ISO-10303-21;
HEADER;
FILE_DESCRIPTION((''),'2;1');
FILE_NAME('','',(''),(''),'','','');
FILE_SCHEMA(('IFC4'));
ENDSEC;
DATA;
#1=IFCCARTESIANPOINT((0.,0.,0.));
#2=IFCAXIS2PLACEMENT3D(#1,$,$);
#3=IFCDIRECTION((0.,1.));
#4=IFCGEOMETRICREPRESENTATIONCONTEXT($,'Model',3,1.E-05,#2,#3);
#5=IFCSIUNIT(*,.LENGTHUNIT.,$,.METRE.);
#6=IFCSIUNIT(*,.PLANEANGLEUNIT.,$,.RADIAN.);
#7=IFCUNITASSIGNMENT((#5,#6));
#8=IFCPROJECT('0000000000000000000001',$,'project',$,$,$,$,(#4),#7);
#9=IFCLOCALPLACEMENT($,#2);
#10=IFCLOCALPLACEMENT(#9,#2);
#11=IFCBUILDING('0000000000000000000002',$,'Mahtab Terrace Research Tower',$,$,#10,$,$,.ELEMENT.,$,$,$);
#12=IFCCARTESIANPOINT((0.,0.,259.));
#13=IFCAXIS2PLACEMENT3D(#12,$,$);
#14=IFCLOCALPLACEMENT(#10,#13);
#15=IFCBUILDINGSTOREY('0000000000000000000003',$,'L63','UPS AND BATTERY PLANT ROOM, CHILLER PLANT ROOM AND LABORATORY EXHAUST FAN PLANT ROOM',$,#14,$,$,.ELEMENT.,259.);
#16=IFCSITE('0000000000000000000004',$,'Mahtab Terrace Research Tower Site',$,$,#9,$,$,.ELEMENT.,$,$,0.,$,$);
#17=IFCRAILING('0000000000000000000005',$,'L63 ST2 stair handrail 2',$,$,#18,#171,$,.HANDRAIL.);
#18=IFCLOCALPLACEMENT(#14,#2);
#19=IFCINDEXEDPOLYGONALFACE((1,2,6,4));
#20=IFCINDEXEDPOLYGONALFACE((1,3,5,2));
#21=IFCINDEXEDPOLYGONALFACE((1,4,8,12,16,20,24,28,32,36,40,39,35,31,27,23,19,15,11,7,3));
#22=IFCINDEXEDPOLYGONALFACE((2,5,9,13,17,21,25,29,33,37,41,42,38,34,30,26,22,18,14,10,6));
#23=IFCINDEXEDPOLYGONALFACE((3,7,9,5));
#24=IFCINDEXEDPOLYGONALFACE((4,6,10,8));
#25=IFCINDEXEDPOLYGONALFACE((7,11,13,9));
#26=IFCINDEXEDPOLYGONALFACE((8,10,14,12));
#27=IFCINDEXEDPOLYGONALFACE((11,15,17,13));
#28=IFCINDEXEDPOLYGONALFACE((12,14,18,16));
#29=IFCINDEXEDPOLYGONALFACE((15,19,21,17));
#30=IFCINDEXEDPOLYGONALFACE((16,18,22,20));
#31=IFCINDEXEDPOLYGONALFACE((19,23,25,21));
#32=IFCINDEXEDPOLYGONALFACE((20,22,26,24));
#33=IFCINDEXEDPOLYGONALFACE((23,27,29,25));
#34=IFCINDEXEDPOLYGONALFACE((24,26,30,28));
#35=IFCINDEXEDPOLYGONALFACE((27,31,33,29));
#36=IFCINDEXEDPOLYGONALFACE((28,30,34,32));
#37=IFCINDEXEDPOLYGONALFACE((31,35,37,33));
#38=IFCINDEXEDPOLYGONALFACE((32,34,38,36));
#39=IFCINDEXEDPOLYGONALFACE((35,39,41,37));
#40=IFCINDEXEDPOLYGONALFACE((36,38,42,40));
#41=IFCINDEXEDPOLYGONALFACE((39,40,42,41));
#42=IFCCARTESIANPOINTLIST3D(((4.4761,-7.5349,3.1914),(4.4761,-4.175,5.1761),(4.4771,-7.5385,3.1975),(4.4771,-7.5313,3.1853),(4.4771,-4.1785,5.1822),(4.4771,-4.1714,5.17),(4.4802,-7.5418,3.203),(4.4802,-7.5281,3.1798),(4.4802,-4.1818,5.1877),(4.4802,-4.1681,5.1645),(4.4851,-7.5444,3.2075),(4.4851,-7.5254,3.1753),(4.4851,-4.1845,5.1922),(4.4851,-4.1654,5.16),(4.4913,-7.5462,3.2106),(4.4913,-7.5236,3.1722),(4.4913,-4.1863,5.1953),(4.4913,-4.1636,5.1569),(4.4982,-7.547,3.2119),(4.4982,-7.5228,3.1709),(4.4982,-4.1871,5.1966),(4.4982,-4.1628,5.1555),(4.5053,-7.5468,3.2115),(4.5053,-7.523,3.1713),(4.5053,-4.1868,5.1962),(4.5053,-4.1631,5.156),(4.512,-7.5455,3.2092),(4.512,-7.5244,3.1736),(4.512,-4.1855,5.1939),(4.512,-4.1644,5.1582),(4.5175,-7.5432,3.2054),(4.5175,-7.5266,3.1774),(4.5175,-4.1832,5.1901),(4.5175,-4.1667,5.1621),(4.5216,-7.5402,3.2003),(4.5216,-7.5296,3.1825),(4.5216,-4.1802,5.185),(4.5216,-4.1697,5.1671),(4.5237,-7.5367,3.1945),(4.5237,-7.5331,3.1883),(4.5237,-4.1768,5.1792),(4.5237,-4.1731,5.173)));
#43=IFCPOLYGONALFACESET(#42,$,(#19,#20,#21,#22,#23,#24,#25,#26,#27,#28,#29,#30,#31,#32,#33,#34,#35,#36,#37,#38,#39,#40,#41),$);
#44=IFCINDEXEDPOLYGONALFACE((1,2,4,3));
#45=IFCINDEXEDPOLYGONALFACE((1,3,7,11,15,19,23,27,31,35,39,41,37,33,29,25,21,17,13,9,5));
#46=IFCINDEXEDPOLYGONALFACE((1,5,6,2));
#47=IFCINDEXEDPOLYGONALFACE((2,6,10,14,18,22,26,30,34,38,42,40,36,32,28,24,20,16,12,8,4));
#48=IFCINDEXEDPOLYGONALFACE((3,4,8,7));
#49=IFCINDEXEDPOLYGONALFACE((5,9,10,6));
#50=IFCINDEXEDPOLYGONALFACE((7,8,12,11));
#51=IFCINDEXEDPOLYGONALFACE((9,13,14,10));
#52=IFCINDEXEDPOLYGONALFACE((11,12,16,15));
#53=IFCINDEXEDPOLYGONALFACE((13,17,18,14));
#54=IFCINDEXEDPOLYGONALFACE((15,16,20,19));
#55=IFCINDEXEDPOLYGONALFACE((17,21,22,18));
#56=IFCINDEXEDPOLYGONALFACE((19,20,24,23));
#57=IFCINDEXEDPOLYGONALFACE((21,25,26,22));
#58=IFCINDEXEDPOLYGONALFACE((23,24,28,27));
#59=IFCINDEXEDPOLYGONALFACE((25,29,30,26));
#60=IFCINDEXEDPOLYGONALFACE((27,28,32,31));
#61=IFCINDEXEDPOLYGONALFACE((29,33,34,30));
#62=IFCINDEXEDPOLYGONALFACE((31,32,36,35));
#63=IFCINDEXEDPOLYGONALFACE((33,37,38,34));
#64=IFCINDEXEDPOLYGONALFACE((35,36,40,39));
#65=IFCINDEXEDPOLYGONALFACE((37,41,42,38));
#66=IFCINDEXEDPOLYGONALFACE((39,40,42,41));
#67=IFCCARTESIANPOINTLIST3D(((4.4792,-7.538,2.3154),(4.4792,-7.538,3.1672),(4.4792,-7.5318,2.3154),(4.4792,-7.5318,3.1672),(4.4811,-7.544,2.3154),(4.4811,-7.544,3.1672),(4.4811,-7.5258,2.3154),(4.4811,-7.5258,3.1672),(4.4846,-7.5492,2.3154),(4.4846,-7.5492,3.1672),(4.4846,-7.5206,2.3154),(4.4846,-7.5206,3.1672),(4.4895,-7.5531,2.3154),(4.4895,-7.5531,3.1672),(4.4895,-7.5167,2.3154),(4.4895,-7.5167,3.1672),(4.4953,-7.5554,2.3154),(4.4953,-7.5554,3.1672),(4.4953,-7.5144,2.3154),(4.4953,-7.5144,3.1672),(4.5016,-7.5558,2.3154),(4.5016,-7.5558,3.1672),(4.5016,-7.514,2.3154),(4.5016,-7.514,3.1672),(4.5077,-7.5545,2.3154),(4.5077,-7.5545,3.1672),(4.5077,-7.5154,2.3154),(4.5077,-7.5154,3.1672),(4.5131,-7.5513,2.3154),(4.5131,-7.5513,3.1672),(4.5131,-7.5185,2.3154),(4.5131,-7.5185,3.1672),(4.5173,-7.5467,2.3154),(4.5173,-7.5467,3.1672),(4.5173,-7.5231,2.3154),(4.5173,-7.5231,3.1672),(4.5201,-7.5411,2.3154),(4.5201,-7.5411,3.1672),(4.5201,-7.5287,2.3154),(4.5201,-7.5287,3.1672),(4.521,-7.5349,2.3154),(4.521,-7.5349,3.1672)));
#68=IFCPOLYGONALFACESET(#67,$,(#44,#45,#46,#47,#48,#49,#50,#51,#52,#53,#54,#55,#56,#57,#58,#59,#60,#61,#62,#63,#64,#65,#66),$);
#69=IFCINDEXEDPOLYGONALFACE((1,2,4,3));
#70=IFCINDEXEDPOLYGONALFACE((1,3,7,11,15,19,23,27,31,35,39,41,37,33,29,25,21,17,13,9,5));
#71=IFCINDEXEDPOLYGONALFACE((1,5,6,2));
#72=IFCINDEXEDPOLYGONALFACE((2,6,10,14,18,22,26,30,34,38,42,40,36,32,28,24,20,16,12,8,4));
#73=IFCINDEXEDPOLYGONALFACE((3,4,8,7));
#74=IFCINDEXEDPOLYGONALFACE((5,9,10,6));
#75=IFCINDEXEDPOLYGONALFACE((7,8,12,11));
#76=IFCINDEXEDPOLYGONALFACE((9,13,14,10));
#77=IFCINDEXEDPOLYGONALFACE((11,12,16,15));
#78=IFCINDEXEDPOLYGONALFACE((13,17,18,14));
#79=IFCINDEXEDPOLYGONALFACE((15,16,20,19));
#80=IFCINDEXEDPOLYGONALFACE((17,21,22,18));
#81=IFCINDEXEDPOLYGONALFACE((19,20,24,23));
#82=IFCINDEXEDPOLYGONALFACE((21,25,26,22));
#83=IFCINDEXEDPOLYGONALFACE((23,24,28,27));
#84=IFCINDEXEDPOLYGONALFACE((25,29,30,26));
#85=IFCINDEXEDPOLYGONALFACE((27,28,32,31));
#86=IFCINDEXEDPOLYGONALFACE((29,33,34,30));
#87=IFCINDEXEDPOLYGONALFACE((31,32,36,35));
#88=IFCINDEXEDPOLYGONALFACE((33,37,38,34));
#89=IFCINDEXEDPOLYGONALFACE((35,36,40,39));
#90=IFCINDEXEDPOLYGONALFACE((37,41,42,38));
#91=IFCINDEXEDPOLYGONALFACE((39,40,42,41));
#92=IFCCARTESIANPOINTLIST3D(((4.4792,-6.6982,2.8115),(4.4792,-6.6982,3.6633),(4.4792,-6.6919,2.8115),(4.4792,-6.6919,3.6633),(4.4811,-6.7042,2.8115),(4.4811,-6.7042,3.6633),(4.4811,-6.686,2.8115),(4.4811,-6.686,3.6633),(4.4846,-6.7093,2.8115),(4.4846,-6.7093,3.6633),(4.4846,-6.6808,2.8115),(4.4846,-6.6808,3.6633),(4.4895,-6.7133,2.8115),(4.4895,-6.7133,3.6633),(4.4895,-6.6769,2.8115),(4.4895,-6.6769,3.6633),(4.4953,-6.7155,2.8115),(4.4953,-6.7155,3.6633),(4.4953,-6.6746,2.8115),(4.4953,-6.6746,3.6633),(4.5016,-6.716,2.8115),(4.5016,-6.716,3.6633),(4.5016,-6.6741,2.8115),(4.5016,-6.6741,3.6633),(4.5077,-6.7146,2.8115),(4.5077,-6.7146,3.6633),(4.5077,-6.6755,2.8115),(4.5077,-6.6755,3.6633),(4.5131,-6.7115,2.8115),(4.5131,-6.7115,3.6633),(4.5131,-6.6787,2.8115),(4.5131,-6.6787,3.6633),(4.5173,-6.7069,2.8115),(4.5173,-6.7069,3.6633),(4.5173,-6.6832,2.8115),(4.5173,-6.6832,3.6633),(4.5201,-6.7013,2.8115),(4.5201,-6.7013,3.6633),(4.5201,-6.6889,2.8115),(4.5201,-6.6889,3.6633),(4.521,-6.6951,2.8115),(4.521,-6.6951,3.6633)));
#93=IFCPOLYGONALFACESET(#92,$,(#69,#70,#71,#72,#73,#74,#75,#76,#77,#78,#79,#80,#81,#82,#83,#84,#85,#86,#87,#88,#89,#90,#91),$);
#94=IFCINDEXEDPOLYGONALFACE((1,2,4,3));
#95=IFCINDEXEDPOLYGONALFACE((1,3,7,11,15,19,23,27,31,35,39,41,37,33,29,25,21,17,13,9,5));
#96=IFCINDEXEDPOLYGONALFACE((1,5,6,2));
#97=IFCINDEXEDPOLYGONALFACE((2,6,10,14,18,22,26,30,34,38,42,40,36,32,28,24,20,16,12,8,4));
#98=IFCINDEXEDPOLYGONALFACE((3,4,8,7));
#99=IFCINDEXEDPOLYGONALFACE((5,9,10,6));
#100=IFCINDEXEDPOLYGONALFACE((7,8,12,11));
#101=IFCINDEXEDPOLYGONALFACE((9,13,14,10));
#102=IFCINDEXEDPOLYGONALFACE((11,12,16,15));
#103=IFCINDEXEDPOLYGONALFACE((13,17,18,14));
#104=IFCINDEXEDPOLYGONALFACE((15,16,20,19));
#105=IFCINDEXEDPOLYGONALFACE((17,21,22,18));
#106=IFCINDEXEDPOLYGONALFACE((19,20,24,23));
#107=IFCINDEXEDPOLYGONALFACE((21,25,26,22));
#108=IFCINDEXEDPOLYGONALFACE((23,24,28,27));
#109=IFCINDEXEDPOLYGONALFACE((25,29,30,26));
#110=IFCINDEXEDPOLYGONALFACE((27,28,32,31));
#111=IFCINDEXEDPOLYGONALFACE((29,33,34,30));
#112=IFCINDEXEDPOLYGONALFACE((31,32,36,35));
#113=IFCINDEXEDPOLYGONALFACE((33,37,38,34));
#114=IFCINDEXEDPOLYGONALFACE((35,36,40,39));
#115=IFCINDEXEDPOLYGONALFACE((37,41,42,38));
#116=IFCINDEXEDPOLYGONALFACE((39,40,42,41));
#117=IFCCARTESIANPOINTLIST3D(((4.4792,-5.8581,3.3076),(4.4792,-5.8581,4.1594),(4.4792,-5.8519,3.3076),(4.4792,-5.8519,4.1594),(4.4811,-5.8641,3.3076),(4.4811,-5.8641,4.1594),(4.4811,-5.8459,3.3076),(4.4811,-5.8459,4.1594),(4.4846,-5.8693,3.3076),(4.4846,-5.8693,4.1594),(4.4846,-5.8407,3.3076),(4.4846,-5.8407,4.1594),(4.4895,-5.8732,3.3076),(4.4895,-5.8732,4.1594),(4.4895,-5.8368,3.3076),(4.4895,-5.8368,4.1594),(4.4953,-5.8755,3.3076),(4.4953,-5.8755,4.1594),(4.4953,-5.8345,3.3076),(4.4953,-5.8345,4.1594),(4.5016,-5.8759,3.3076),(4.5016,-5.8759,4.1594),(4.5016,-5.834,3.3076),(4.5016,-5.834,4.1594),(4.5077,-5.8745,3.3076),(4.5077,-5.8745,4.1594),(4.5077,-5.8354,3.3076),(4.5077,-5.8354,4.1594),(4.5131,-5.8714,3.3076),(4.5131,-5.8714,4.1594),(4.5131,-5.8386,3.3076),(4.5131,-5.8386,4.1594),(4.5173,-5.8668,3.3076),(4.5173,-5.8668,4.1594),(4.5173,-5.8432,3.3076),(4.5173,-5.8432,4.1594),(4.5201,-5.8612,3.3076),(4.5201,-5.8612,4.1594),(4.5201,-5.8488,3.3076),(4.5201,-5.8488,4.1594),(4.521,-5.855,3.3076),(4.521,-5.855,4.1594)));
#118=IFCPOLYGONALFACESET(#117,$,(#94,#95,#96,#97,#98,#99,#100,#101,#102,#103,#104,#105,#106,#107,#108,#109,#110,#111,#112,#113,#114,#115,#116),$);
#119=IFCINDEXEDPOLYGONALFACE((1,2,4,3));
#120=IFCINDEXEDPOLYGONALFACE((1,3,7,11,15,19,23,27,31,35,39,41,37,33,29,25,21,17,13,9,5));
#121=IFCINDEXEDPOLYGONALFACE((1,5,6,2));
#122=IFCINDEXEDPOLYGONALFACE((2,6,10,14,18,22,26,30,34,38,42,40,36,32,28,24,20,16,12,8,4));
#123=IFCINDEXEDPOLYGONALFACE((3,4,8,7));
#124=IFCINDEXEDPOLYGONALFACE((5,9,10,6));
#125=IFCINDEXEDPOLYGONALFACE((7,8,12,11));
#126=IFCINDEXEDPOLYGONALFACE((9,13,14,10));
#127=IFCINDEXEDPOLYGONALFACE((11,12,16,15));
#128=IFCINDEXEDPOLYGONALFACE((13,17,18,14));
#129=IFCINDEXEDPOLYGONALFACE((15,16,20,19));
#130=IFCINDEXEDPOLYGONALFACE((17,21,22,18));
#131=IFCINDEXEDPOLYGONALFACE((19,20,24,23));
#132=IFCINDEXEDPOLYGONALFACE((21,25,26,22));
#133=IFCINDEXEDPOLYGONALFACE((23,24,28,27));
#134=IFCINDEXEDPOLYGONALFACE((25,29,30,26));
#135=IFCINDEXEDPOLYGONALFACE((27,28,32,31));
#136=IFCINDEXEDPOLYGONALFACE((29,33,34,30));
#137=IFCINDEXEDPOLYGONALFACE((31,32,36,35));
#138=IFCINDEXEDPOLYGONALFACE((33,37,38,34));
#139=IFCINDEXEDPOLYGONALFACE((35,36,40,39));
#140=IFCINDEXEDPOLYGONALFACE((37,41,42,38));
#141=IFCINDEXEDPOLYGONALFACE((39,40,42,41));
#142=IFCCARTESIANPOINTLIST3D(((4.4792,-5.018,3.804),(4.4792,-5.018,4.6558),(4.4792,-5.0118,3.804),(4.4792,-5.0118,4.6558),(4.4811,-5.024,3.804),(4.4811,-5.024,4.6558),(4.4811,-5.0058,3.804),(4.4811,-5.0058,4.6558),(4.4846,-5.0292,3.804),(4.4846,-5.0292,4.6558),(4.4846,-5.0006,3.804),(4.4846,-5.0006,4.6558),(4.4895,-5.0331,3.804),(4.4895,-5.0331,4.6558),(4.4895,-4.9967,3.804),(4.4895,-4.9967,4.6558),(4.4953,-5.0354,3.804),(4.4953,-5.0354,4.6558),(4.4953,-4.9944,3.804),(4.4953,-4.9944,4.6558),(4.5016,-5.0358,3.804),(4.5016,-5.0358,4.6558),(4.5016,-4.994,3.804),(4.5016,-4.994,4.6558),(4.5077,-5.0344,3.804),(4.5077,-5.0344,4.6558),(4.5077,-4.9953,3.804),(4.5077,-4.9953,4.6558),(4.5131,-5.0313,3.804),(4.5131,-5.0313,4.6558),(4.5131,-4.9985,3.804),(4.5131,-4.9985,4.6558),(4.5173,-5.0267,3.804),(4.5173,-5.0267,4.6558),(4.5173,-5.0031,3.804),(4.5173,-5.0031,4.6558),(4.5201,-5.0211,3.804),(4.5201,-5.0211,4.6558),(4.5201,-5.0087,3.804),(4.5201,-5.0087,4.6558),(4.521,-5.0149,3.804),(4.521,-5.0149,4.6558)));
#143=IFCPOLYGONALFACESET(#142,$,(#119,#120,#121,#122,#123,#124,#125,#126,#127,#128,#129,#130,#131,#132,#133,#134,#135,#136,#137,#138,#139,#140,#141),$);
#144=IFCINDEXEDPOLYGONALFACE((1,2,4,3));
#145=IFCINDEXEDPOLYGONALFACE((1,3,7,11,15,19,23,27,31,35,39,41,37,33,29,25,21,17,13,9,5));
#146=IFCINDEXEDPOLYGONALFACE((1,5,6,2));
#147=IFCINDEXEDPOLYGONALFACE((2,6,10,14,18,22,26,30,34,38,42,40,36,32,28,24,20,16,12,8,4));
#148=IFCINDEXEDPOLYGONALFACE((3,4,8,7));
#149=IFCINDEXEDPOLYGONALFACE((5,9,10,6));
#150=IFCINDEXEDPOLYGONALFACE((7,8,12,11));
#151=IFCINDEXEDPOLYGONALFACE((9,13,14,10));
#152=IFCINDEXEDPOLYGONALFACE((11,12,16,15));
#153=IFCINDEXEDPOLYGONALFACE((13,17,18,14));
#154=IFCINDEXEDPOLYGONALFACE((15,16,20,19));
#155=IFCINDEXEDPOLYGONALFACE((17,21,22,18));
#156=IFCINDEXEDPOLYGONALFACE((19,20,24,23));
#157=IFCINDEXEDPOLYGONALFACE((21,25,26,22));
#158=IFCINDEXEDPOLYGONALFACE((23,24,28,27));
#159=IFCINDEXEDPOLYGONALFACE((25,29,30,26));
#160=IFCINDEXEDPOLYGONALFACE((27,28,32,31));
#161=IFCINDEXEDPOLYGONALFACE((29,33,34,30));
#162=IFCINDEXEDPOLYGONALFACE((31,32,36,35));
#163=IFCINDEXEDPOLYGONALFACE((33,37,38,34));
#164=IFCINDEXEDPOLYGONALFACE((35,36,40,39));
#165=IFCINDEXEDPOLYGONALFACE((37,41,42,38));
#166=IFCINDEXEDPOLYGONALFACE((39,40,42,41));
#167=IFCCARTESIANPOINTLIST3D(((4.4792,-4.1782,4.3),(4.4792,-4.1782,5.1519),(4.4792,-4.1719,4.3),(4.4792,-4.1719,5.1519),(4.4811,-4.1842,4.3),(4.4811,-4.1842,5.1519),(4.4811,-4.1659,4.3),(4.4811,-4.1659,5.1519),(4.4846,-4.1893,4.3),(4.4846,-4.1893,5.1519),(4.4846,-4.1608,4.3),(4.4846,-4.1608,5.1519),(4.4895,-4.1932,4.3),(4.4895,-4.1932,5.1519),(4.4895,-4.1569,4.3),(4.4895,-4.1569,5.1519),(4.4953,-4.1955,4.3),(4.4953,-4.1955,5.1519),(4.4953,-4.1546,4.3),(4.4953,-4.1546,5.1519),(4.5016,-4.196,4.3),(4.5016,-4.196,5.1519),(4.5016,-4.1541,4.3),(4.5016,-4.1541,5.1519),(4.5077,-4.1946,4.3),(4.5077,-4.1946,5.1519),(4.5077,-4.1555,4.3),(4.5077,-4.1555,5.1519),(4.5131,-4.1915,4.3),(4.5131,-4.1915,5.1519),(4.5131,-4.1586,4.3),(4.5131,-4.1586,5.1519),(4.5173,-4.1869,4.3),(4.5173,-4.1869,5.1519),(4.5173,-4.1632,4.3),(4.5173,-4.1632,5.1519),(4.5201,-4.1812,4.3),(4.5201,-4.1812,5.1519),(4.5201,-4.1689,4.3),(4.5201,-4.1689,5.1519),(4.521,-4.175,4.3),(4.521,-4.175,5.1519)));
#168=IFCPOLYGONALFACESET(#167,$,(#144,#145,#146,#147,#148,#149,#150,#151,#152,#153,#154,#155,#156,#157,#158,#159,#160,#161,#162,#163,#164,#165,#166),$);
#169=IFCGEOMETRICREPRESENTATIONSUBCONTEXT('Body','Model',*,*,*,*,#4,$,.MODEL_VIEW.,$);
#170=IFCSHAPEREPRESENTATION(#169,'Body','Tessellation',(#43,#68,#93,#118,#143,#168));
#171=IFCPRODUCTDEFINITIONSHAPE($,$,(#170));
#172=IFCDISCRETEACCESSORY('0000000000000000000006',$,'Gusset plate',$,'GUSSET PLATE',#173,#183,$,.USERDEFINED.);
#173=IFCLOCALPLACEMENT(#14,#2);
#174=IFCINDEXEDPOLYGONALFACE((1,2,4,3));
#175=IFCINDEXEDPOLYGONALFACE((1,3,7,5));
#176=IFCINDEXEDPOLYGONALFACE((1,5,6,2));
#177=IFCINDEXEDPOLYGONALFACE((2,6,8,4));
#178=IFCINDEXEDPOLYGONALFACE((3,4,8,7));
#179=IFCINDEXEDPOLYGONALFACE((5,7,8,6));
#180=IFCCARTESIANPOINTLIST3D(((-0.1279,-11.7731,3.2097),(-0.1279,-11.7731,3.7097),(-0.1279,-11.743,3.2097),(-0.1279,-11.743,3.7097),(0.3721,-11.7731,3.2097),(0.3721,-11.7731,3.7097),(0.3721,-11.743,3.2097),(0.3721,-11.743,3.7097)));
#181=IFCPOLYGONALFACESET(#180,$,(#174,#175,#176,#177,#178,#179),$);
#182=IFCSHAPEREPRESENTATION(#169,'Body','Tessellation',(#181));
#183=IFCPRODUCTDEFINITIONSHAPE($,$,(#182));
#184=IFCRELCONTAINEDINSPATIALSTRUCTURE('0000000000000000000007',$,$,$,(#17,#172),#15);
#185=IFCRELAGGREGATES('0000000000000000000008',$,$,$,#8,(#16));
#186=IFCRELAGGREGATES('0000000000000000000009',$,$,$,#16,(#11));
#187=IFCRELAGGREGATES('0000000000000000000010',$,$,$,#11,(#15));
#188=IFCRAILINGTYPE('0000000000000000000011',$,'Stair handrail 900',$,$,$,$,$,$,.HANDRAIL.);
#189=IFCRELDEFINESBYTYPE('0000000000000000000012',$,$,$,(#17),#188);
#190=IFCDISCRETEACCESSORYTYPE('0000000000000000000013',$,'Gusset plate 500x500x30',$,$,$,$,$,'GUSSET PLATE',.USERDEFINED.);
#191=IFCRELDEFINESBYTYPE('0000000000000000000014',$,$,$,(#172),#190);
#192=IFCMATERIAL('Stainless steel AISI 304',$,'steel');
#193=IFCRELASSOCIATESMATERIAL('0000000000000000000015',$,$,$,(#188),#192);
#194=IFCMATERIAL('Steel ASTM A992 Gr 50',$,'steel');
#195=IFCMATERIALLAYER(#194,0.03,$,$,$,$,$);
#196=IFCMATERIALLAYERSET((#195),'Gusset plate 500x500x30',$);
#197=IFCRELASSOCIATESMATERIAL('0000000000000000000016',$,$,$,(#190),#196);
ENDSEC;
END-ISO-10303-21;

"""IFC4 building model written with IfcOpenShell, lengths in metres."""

from ifc_helpers import new_model, si_unit, direction, frame, origin, origin_2d, place, context, subcontext, project, spatial, rectangle, circle, extrude, material, layer, layer_set, type_object, element, save


model = new_model("IFC4")

# Units and contexts
model_context = context("Model", 3, precision=1e-05, world=origin(), true_north=direction((0.0, 1.0)))
body_context = subcontext(model_context, "Body", "Model", "MODEL_VIEW")
ifc_project = project(units=[si_unit("LENGTHUNIT", "METRE"), si_unit("PLANEANGLEUNIT", "RADIAN")], contexts=[model_context])

# Site, building, storey
site_placement = place(None, origin())
site = spatial("IfcSite", under=ifc_project, at=site_placement, Name="Mahtab Terrace Research Tower Site", CompositionType="ELEMENT", RefElevation=0.0)
building_placement = place(site_placement, origin())
building = spatial("IfcBuilding", under=site, at=building_placement, Name="Mahtab Terrace Research Tower", CompositionType="ELEMENT")
storey_placement = place(building_placement, frame((0.0, 0.0, 259.0)))
storey = spatial("IfcBuildingStorey", under=building, at=storey_placement, Name="L63", Description="UPS AND BATTERY PLANT ROOM, CHILLER PLANT ROOM AND LABORATORY EXHAUST FAN PLANT ROOM", CompositionType="ELEMENT", Elevation=259.0)

# Shared definitions
ifc_material_1 = material(Name="Steel ASTM A992 Gr 50", Category="steel")

# Railing
ifc_material_2 = material(Name="Stainless steel AISI 304", Category="steel")
railing_type_1 = type_object("IfcRailingType", Name="Stair handrail 900", PredefinedType="HANDRAIL", material=ifc_material_2)
railing_1_placement = place(storey_placement, frame((4.5, -7.5349, 2.3154)))
element("IfcRailing", 1, at=railing_1_placement, inside=storey, type_object=railing_type_1, Name="L63 ST2 stair handrail 2", PredefinedType="HANDRAIL", context=body_context, shape_type="SweptSolid", body=[
    extrude(circle(Radius=0.0239, at=origin_2d()), frame((0.0, 0.0, 0.876), z_axis=(0.0, 0.861011, 0.508586), x_axis=(-1.0, 0.0, 0.0)), (0.0, 0.0, 1.0), 3.9023),
    extrude(circle(Radius=0.021, at=origin_2d()), origin(), (0.0, 0.0, 1.0), 0.8518),
    extrude(circle(Radius=0.021, at=origin_2d()), frame((0.0, 0.8398, 0.4961)), (0.0, 0.0, 1.0), 0.8518),
    extrude(circle(Radius=0.021, at=origin_2d()), frame((0.0, 1.6799, 0.9922)), (0.0, 0.0, 1.0), 0.8518),
    extrude(circle(Radius=0.021, at=origin_2d()), frame((0.0, 2.52, 1.4885)), (0.0, 0.0, 1.0), 0.8518),
    extrude(circle(Radius=0.021, at=origin_2d()), frame((0.0, 3.3599, 1.9846)), (0.0, 0.0, 1.0), 0.8518),
])

# Discrete accessory
ifc_layer_1 = layer(ifc_material_1, 0.03)
ifc_layer_set_1 = layer_set([ifc_layer_1], Name="Gusset plate 500x500x30")
discrete_accessory_type = type_object("IfcDiscreteAccessoryType", Name="Gusset plate 500x500x30", ElementType="GUSSET PLATE", PredefinedType="USERDEFINED", material=ifc_layer_set_1)
discrete_accessory_placement = place(storey_placement, frame((0.1221, -11.7581, 3.2097), z_axis=(0.0, 0.0, 1.0), x_axis=(1.0, 0.0, 0.0)))
element("IfcDiscreteAccessory", 2, at=discrete_accessory_placement, inside=storey, type_object=discrete_accessory_type, Name="Gusset plate", ObjectType="GUSSET PLATE", PredefinedType="USERDEFINED", context=body_context, shape_type="SweptSolid", body=[
    extrude(rectangle(XDim=0.5, YDim=0.03, at=origin_2d()), origin(), (0.0, 0.0, 1.0), 0.5),
])

save(model, "model.ifc")
